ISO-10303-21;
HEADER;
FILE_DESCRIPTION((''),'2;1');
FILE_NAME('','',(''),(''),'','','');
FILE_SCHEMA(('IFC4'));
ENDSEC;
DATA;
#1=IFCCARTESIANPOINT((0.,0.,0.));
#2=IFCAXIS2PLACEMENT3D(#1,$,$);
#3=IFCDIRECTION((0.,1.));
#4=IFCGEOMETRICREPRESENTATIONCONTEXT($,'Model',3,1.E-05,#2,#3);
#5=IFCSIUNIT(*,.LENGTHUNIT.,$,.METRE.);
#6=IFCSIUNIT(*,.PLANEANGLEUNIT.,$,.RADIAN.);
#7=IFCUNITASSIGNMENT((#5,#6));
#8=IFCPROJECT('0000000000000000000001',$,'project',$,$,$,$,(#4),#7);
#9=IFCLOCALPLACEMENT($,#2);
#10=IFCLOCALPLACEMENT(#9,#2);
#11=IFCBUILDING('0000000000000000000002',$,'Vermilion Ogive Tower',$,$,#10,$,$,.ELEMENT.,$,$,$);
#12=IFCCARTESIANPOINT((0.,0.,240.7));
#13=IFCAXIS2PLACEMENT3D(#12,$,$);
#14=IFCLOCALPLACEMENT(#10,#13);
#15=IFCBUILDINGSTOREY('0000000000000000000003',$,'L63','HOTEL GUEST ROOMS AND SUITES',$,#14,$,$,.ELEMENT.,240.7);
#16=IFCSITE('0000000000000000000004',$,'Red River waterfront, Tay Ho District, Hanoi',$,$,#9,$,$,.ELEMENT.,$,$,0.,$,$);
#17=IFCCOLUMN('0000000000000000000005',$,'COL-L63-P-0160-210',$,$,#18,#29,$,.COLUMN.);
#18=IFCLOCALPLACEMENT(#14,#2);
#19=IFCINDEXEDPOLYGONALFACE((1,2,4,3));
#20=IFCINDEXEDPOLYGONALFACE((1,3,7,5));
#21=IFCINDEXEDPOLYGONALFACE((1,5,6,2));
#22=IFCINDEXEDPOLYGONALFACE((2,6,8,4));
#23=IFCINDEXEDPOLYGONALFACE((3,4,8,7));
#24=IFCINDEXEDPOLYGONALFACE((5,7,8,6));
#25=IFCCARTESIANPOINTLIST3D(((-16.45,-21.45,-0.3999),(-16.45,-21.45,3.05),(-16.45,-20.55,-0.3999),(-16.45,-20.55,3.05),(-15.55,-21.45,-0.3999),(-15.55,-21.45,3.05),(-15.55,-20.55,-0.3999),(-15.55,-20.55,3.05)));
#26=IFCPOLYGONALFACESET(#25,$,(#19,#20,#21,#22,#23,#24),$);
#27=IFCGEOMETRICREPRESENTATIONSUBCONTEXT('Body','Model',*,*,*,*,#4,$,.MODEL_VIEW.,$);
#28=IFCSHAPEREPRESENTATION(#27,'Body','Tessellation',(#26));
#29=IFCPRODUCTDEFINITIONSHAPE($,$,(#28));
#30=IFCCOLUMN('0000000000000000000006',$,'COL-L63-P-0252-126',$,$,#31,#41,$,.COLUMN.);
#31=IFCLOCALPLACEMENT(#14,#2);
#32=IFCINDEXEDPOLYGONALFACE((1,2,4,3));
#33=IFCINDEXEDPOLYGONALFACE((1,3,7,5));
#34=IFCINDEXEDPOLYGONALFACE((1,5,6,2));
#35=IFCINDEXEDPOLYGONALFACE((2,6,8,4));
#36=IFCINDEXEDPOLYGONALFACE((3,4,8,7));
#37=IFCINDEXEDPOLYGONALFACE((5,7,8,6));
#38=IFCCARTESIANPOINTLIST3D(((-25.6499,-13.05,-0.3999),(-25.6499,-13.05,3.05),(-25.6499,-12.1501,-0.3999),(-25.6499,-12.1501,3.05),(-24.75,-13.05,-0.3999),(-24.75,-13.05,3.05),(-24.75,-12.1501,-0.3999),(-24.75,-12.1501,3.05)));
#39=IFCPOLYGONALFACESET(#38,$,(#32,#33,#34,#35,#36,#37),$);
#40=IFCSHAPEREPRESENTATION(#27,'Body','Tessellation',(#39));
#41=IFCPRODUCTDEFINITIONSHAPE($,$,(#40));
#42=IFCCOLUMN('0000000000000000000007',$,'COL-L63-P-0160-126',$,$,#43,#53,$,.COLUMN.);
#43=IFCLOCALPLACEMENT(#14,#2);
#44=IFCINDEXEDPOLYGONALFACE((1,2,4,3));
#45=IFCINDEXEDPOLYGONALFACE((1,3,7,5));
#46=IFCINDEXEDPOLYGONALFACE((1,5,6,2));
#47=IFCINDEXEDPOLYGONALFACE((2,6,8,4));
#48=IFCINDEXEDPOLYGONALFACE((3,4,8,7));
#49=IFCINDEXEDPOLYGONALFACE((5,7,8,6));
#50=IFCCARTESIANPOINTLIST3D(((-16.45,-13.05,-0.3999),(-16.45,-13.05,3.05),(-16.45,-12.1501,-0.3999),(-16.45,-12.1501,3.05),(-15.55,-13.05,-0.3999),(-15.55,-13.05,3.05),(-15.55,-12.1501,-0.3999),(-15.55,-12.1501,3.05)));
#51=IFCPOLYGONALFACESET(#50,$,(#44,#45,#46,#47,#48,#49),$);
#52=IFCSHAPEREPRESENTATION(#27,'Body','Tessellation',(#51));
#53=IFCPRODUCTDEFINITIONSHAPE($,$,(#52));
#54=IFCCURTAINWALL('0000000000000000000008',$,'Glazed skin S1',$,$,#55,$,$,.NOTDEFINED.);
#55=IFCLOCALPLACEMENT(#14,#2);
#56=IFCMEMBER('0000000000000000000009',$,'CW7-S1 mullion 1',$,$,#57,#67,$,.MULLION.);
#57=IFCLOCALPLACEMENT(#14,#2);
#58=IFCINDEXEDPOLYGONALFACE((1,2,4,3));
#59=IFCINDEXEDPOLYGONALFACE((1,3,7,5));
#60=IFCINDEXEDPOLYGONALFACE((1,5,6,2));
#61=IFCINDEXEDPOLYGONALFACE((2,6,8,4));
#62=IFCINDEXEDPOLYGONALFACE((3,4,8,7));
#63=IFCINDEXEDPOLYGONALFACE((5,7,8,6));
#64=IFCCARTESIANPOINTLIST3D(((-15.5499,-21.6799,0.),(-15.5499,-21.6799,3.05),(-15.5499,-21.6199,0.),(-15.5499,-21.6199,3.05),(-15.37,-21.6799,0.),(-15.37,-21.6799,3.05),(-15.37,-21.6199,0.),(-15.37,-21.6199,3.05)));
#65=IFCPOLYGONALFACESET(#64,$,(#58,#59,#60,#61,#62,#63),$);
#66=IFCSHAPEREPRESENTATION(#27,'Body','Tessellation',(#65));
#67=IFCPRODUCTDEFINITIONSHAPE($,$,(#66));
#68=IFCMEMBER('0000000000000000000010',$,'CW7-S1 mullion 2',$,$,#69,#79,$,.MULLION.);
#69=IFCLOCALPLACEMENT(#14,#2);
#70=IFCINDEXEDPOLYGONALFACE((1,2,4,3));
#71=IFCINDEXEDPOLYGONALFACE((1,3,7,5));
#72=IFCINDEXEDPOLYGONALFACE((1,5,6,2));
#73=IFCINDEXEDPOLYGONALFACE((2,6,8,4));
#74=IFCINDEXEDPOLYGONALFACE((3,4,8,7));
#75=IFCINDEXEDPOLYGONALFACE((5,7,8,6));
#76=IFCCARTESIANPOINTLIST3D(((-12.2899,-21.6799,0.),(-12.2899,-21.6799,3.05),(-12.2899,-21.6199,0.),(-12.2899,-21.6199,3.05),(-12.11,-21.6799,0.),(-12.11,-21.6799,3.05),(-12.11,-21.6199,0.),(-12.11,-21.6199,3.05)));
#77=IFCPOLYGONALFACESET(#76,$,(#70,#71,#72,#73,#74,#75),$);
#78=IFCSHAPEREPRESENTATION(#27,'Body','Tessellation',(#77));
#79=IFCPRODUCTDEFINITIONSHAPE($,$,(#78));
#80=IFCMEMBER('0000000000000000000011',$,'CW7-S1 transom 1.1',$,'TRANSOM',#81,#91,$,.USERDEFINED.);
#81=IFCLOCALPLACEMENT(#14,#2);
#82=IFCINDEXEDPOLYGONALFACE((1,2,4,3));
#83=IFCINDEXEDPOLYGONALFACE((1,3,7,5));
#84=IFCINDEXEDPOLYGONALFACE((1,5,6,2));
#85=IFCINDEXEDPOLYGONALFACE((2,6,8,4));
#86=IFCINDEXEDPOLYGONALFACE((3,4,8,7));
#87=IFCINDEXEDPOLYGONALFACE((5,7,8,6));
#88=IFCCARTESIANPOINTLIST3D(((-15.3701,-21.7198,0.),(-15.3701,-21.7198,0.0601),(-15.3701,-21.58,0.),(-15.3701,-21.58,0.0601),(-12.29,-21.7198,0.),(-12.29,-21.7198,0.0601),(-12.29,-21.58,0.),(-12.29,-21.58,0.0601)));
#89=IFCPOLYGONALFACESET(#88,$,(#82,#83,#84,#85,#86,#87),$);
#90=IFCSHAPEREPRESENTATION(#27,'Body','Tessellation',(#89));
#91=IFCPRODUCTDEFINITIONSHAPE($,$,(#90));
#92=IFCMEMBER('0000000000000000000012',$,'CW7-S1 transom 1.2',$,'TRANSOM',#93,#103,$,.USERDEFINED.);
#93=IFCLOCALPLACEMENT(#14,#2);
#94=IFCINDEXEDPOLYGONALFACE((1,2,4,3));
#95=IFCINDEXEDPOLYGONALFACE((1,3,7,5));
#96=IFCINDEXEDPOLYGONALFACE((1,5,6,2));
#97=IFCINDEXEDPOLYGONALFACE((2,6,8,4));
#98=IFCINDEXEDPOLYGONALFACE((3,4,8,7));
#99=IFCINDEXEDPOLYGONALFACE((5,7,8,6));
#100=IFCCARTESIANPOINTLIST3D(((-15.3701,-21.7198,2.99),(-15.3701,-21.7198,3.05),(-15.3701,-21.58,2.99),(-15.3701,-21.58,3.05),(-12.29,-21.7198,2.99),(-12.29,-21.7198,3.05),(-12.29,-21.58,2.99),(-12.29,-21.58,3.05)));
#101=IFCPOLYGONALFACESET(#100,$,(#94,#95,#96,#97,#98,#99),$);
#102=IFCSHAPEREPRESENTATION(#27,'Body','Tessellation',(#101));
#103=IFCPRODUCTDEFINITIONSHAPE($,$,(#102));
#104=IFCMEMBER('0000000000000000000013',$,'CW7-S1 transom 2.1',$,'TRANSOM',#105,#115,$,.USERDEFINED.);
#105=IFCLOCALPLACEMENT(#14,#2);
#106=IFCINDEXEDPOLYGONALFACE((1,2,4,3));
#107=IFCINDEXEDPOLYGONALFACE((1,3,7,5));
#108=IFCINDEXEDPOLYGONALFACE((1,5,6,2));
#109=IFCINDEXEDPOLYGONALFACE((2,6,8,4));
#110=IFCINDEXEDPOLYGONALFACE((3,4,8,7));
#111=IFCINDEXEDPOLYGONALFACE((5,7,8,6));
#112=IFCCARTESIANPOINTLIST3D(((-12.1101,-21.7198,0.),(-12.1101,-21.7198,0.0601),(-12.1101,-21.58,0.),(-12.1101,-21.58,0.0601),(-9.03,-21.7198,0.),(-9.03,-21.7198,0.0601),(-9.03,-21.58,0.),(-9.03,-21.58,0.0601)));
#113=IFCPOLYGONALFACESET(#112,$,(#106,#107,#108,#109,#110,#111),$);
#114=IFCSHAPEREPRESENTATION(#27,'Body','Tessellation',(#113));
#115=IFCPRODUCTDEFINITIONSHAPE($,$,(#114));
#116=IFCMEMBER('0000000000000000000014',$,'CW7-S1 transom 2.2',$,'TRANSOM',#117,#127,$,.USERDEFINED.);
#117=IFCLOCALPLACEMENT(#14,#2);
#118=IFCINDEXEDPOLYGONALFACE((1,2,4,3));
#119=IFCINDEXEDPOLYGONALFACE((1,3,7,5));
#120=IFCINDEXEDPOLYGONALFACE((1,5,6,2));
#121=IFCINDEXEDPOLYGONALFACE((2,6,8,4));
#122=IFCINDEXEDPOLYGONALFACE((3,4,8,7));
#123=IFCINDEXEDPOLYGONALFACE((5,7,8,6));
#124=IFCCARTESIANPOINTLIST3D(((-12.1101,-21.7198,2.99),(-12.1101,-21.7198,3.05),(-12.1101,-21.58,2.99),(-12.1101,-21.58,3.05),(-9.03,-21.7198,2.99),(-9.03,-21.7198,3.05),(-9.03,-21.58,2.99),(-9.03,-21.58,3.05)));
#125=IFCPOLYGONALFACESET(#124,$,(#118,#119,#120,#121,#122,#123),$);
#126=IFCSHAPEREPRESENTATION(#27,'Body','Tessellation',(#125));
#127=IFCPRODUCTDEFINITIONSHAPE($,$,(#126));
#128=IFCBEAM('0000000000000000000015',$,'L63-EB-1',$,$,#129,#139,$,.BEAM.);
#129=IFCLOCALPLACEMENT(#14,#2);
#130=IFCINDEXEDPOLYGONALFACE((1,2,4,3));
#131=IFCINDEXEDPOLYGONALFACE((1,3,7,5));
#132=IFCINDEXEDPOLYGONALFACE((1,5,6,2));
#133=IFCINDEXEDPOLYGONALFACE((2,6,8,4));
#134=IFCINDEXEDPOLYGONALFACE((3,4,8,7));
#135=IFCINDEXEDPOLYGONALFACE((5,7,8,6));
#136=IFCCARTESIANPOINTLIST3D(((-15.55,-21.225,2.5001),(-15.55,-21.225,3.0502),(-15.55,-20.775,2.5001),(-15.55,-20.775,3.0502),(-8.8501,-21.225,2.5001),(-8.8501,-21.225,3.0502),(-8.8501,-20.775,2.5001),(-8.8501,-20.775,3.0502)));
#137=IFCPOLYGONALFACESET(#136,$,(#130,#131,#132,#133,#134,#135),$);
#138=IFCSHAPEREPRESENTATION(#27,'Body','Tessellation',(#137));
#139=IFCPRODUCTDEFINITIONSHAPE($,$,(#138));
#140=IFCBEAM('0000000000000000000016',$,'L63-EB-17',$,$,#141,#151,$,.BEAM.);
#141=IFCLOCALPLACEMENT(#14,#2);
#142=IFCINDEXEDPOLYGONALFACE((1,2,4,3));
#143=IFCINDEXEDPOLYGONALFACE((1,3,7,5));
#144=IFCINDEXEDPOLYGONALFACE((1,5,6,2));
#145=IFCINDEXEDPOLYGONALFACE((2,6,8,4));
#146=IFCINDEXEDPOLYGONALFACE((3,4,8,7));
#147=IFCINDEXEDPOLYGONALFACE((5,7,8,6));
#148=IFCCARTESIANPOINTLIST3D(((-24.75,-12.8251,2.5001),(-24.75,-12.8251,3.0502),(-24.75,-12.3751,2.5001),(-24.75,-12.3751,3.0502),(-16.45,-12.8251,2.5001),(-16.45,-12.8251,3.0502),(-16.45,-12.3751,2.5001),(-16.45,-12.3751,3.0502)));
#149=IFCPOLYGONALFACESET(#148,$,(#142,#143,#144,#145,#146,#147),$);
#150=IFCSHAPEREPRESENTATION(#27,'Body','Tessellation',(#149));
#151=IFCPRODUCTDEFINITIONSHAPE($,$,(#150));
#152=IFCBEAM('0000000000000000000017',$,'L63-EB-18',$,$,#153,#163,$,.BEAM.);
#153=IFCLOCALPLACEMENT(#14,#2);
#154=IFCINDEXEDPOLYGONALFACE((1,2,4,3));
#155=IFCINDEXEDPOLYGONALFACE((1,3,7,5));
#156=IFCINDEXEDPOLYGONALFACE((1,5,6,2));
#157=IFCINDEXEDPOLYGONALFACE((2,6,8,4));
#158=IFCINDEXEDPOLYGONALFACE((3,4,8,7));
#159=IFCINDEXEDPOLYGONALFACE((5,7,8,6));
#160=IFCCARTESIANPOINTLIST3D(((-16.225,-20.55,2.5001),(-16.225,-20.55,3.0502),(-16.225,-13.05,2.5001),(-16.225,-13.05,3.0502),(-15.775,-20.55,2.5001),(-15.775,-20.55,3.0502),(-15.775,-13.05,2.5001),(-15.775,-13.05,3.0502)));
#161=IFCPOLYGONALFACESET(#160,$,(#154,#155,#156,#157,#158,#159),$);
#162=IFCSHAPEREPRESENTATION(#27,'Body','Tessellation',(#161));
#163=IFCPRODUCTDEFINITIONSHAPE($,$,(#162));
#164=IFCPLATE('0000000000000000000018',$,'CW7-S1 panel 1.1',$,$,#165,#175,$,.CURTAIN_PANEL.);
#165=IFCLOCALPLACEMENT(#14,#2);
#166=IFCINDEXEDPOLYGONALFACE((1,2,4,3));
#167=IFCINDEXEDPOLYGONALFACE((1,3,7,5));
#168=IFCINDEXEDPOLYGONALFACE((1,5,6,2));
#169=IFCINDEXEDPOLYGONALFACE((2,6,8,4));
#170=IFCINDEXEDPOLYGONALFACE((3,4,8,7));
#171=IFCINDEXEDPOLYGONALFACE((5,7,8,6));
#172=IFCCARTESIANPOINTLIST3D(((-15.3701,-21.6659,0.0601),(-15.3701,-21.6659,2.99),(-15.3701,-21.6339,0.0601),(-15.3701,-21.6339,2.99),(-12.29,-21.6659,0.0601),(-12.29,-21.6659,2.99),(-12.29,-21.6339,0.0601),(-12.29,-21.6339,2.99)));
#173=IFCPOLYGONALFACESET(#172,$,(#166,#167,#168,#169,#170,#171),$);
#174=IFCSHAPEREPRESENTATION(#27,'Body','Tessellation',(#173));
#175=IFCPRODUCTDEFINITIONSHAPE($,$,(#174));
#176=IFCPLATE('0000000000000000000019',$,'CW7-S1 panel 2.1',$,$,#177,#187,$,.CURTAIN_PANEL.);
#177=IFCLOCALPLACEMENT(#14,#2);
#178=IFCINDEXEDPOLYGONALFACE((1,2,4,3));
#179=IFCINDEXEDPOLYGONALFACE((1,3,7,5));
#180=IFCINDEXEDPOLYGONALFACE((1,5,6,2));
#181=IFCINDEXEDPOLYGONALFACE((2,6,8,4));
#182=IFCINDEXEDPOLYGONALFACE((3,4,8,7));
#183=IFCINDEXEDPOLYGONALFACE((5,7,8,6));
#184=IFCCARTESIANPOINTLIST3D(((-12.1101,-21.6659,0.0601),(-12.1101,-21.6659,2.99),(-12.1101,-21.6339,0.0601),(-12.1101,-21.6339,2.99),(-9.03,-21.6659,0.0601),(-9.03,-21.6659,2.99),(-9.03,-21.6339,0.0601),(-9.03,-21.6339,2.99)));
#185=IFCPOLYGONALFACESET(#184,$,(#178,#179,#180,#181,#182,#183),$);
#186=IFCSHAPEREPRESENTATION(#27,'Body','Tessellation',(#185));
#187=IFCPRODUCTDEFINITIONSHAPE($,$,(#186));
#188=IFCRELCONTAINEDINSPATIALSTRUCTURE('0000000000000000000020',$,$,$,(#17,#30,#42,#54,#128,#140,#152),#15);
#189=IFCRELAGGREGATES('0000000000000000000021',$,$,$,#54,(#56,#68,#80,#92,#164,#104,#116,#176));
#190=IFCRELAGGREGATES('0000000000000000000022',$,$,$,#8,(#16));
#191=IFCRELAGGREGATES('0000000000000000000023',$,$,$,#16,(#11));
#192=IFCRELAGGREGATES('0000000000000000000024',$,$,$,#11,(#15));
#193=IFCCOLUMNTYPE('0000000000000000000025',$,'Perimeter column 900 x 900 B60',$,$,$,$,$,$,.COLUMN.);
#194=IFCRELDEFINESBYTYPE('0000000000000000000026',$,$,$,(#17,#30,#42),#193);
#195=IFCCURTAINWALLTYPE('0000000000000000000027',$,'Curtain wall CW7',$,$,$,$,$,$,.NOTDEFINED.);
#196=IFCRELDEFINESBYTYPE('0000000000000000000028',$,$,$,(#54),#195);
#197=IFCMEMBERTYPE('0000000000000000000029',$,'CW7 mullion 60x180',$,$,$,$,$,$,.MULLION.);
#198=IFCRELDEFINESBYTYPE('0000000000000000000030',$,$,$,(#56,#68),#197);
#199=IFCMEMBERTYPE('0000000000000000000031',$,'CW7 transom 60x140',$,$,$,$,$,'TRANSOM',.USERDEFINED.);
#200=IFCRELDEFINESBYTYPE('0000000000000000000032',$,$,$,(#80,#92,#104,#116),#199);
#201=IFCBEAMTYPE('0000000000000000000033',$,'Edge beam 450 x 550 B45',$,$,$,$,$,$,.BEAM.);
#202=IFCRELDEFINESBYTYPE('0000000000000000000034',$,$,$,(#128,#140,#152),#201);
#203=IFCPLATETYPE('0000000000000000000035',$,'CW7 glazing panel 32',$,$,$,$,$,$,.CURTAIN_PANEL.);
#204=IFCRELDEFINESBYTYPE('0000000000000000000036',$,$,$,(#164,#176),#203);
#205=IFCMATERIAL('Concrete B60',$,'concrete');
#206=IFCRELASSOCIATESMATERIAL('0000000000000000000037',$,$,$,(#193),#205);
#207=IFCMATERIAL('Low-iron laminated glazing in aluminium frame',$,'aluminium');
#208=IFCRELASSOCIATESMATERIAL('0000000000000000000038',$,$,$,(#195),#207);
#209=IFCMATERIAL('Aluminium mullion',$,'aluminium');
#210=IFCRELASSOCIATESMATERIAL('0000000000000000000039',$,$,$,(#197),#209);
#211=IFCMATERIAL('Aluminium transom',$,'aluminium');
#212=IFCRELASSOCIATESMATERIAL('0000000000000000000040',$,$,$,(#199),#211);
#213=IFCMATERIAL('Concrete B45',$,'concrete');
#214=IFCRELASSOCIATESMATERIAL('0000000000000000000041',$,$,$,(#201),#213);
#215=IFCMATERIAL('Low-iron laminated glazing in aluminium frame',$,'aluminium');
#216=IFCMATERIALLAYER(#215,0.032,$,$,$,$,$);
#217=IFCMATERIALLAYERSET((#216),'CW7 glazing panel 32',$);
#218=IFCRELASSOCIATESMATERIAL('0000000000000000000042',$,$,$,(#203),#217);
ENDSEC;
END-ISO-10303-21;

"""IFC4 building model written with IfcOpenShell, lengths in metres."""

from ifc_helpers import new_model, si_unit, direction, frame, origin, origin_2d, place, context, subcontext, project, spatial, rectangle, extrude, material, layer, layer_set, material_profile, profile_set, type_object, element, aggregate, save


model = new_model("IFC4")

# Units and contexts
model_context = context("Model", 3, precision=1e-05, world=origin(), true_north=direction((0.0, 1.0)))
body_context = subcontext(model_context, "Body", "Model", "MODEL_VIEW")
ifc_project = project(units=[si_unit("LENGTHUNIT", "METRE"), si_unit("PLANEANGLEUNIT", "RADIAN")], contexts=[model_context])

# Site, building, storey
site_placement = place(None, origin())
site = spatial("IfcSite", under=ifc_project, at=site_placement, Name="Red River waterfront, Tay Ho District, Hanoi", CompositionType="ELEMENT", RefElevation=0.0)
building_placement = place(site_placement, origin())
building = spatial("IfcBuilding", under=site, at=building_placement, Name="Vermilion Ogive Tower", CompositionType="ELEMENT")
storey_placement = place(building_placement, frame((0.0, 0.0, 240.7)))
storey = spatial("IfcBuildingStorey", under=building, at=storey_placement, Name="L63", Description="HOTEL GUEST ROOMS AND SUITES", CompositionType="ELEMENT", Elevation=240.7)

# Columns
ifc_material_1 = material(Name="Concrete B60", Category="concrete")
ifc_material_profile_1 = material_profile(ifc_material_1, rectangle(XDim=0.8999, YDim=0.8999, at=origin_2d()), Name="900 x 900")
ifc_profile_set_1 = profile_set([ifc_material_profile_1], Name="Concrete B60")
column_type = type_object("IfcColumnType", Name="Perimeter column 900 x 900 B60", PredefinedType="COLUMN", material=ifc_profile_set_1)
for number, where, z_axis, x_axis, name in (
    (1, (-16.0, -21.0, -0.3999), (0.0, 0.0, 1.0), (1.0, 0.0, 0.0), "COL-L63-P-0160-210"),
    (2, (-25.2, -12.6001, -0.3999), (0.0, 0.0, 1.0), (1.0, 0.0, 0.0), "COL-L63-P-0252-126"),
    (3, (-16.0, -12.6001, -0.3999), (0.0, 0.0, 1.0), (1.0, 0.0, 0.0), "COL-L63-P-0160-126"),
):
    element("IfcColumn", number, at=place(storey_placement, frame(where, z_axis=z_axis, x_axis=x_axis)), inside=storey, type_object=column_type, Name=name, PredefinedType="COLUMN", context=body_context, shape_type="SweptSolid", body=[
        extrude(rectangle(XDim=0.8999, YDim=0.8999, at=origin_2d()), origin(), (0.0, 0.0, 1.0), 3.45),
    ])

# Curtain wall, members
ifc_material_2 = material(Name="Low-iron laminated glazing in aluminium frame", Category="aluminium")
curtain_wall_type = type_object("IfcCurtainWallType", Name="Curtain wall CW7", PredefinedType="NOTDEFINED", material=ifc_material_2)
curtain_wall_placement = place(storey_placement, origin())
curtain_wall = element("IfcCurtainWall", 4, at=curtain_wall_placement, inside=storey, type_object=curtain_wall_type, Name="Glazed skin S1", PredefinedType="NOTDEFINED")
ifc_material_3 = material(Name="Aluminium mullion", Category="aluminium")
ifc_material_profile_2 = material_profile(ifc_material_3, rectangle(XDim=0.0601, YDim=0.1799, at=origin_2d()), Name="AL 60x180")
ifc_profile_set_2 = profile_set([ifc_material_profile_2], Name="Aluminium mullion")
member_type_1 = type_object("IfcMemberType", Name="CW7 mullion 60x180", PredefinedType="MULLION", material=ifc_profile_set_2)
member_1_placement = place(storey_placement, frame((-15.46, -21.6499, 0.0), z_axis=(0.0, 0.0, 1.0), x_axis=(0.0, 1.0, 0.0)))
member_1 = element("IfcMember", 5, at=member_1_placement, type_object=member_type_1, Name="CW7-S1 mullion 1", PredefinedType="MULLION", context=body_context, shape_type="SweptSolid", body=[
    extrude(rectangle(XDim=0.0601, YDim=0.1799, at=origin_2d()), origin(), (0.0, 0.0, 1.0), 3.05),
])
member_2_placement = place(storey_placement, frame((-12.2, -21.6499, 0.0), z_axis=(0.0, 0.0, 1.0), x_axis=(0.0, 1.0, 0.0)))
member_2 = element("IfcMember", 6, at=member_2_placement, type_object=member_type_1, Name="CW7-S1 mullion 2", PredefinedType="MULLION", context=body_context, shape_type="SweptSolid", body=[
    extrude(rectangle(XDim=0.0601, YDim=0.1799, at=origin_2d()), origin(), (0.0, 0.0, 1.0), 3.05),
])
ifc_material_4 = material(Name="Aluminium transom", Category="aluminium")
ifc_material_profile_3 = material_profile(ifc_material_4, rectangle(XDim=0.1399, YDim=0.0601, at=origin_2d()), Name="AL 60x140")
ifc_profile_set_3 = profile_set([ifc_material_profile_3], Name="Aluminium transom")
member_type_2 = type_object("IfcMemberType", Name="CW7 transom 60x140", ElementType="TRANSOM", PredefinedType="USERDEFINED", material=ifc_profile_set_3)
member_3_placement = place(storey_placement, frame((-15.3701, -21.6499, 0.03), z_axis=(1.0, 0.0, 0.0), x_axis=(0.0, 1.0, 0.0)))
member_3 = element("IfcMember", 7, at=member_3_placement, type_object=member_type_2, Name="CW7-S1 transom 1.1", ObjectType="TRANSOM", PredefinedType="USERDEFINED", context=body_context, shape_type="SweptSolid", body=[
    extrude(rectangle(XDim=0.1399, YDim=0.0601, at=origin_2d()), origin(), (0.0, 0.0, 1.0), 3.0801),
])
member_4_placement = place(storey_placement, frame((-15.3701, -21.6499, 3.02), z_axis=(1.0, 0.0, 0.0), x_axis=(0.0, 1.0, 0.0)))
member_4 = element("IfcMember", 8, at=member_4_placement, type_object=member_type_2, Name="CW7-S1 transom 1.2", ObjectType="TRANSOM", PredefinedType="USERDEFINED", context=body_context, shape_type="SweptSolid", body=[
    extrude(rectangle(XDim=0.1399, YDim=0.0601, at=origin_2d()), origin(), (0.0, 0.0, 1.0), 3.0801),
])
member_5_placement = place(storey_placement, frame((-12.1101, -21.6499, 0.03), z_axis=(1.0, 0.0, 0.0), x_axis=(0.0, 1.0, 0.0)))
member_5 = element("IfcMember", 9, at=member_5_placement, type_object=member_type_2, Name="CW7-S1 transom 2.1", ObjectType="TRANSOM", PredefinedType="USERDEFINED", context=body_context, shape_type="SweptSolid", body=[
    extrude(rectangle(XDim=0.1399, YDim=0.0601, at=origin_2d()), origin(), (0.0, 0.0, 1.0), 3.0801),
])
member_6_placement = place(storey_placement, frame((-12.1101, -21.6499, 3.02), z_axis=(1.0, 0.0, 0.0), x_axis=(0.0, 1.0, 0.0)))
member_6 = element("IfcMember", 10, at=member_6_placement, type_object=member_type_2, Name="CW7-S1 transom 2.2", ObjectType="TRANSOM", PredefinedType="USERDEFINED", context=body_context, shape_type="SweptSolid", body=[
    extrude(rectangle(XDim=0.1399, YDim=0.0601, at=origin_2d()), origin(), (0.0, 0.0, 1.0), 3.0801),
])

# Beams
ifc_material_5 = material(Name="Concrete B45", Category="concrete")
ifc_material_profile_4 = material_profile(ifc_material_5, rectangle(XDim=0.45, YDim=0.55, at=origin_2d()), Name="450 x 550")
ifc_profile_set_4 = profile_set([ifc_material_profile_4], Name="Concrete B45")
beam_type = type_object("IfcBeamType", Name="Edge beam 450 x 550 B45", PredefinedType="BEAM", material=ifc_profile_set_4)
beam_1_placement = place(storey_placement, frame((-15.55, -21.0, 2.7751), z_axis=(1.0, 0.0, 0.0), x_axis=(0.0, 1.0, 0.0)))
element("IfcBeam", 11, at=beam_1_placement, inside=storey, type_object=beam_type, Name="L63-EB-1", PredefinedType="BEAM", context=body_context, shape_type="SweptSolid", body=[
    extrude(rectangle(XDim=0.45, YDim=0.55, at=origin_2d()), origin(), (0.0, 0.0, 1.0), 6.7),
])
beam_2_placement = place(storey_placement, frame((-24.75, -12.6001, 2.7751), z_axis=(1.0, 0.0, 0.0), x_axis=(0.0, 1.0, 0.0)))
element("IfcBeam", 12, at=beam_2_placement, inside=storey, type_object=beam_type, Name="L63-EB-17", PredefinedType="BEAM", context=body_context, shape_type="SweptSolid", body=[
    extrude(rectangle(XDim=0.45, YDim=0.55, at=origin_2d()), origin(), (0.0, 0.0, 1.0), 8.3),
])
beam_3_placement = place(storey_placement, frame((-16.0, -13.05, 2.7751), z_axis=(0.0, -1.0, 0.0), x_axis=(1.0, 0.0, 0.0)))
element("IfcBeam", 13, at=beam_3_placement, inside=storey, type_object=beam_type, Name="L63-EB-18", PredefinedType="BEAM", context=body_context, shape_type="SweptSolid", body=[
    extrude(rectangle(XDim=0.45, YDim=0.55, at=origin_2d()), origin(), (0.0, 0.0, 1.0), 7.5),
])

# Plates
ifc_material_6 = material(Name="Low-iron laminated glazing in aluminium frame", Category="aluminium")
ifc_layer_1 = layer(ifc_material_6, 0.032)
ifc_layer_set_1 = layer_set([ifc_layer_1], Name="CW7 glazing panel 32")
plate_type = type_object("IfcPlateType", Name="CW7 glazing panel 32", PredefinedType="CURTAIN_PANEL", material=ifc_layer_set_1)
plate_1_placement = place(storey_placement, frame((-13.8301, -21.6499, 0.0601), z_axis=(0.0, 0.0, 1.0), x_axis=(1.0, 0.0, 0.0)))
plate_1 = element("IfcPlate", 14, at=plate_1_placement, type_object=plate_type, Name="CW7-S1 panel 1.1", PredefinedType="CURTAIN_PANEL", context=body_context, shape_type="SweptSolid", body=[
    extrude(rectangle(XDim=3.0801, YDim=0.032, at=origin_2d()), origin(), (0.0, 0.0, 1.0), 2.9299),
])
plate_2_placement = place(storey_placement, frame((-10.5701, -21.6499, 0.0601), z_axis=(0.0, 0.0, 1.0), x_axis=(1.0, 0.0, 0.0)))
plate_2 = element("IfcPlate", 15, at=plate_2_placement, type_object=plate_type, Name="CW7-S1 panel 2.1", PredefinedType="CURTAIN_PANEL", context=body_context, shape_type="SweptSolid", body=[
    extrude(rectangle(XDim=3.0801, YDim=0.032, at=origin_2d()), origin(), (0.0, 0.0, 1.0), 2.9299),
])
aggregate(curtain_wall, [member_1, member_2, member_3, member_4, plate_1, member_5, member_6, plate_2])

save(model, "model.ifc")
